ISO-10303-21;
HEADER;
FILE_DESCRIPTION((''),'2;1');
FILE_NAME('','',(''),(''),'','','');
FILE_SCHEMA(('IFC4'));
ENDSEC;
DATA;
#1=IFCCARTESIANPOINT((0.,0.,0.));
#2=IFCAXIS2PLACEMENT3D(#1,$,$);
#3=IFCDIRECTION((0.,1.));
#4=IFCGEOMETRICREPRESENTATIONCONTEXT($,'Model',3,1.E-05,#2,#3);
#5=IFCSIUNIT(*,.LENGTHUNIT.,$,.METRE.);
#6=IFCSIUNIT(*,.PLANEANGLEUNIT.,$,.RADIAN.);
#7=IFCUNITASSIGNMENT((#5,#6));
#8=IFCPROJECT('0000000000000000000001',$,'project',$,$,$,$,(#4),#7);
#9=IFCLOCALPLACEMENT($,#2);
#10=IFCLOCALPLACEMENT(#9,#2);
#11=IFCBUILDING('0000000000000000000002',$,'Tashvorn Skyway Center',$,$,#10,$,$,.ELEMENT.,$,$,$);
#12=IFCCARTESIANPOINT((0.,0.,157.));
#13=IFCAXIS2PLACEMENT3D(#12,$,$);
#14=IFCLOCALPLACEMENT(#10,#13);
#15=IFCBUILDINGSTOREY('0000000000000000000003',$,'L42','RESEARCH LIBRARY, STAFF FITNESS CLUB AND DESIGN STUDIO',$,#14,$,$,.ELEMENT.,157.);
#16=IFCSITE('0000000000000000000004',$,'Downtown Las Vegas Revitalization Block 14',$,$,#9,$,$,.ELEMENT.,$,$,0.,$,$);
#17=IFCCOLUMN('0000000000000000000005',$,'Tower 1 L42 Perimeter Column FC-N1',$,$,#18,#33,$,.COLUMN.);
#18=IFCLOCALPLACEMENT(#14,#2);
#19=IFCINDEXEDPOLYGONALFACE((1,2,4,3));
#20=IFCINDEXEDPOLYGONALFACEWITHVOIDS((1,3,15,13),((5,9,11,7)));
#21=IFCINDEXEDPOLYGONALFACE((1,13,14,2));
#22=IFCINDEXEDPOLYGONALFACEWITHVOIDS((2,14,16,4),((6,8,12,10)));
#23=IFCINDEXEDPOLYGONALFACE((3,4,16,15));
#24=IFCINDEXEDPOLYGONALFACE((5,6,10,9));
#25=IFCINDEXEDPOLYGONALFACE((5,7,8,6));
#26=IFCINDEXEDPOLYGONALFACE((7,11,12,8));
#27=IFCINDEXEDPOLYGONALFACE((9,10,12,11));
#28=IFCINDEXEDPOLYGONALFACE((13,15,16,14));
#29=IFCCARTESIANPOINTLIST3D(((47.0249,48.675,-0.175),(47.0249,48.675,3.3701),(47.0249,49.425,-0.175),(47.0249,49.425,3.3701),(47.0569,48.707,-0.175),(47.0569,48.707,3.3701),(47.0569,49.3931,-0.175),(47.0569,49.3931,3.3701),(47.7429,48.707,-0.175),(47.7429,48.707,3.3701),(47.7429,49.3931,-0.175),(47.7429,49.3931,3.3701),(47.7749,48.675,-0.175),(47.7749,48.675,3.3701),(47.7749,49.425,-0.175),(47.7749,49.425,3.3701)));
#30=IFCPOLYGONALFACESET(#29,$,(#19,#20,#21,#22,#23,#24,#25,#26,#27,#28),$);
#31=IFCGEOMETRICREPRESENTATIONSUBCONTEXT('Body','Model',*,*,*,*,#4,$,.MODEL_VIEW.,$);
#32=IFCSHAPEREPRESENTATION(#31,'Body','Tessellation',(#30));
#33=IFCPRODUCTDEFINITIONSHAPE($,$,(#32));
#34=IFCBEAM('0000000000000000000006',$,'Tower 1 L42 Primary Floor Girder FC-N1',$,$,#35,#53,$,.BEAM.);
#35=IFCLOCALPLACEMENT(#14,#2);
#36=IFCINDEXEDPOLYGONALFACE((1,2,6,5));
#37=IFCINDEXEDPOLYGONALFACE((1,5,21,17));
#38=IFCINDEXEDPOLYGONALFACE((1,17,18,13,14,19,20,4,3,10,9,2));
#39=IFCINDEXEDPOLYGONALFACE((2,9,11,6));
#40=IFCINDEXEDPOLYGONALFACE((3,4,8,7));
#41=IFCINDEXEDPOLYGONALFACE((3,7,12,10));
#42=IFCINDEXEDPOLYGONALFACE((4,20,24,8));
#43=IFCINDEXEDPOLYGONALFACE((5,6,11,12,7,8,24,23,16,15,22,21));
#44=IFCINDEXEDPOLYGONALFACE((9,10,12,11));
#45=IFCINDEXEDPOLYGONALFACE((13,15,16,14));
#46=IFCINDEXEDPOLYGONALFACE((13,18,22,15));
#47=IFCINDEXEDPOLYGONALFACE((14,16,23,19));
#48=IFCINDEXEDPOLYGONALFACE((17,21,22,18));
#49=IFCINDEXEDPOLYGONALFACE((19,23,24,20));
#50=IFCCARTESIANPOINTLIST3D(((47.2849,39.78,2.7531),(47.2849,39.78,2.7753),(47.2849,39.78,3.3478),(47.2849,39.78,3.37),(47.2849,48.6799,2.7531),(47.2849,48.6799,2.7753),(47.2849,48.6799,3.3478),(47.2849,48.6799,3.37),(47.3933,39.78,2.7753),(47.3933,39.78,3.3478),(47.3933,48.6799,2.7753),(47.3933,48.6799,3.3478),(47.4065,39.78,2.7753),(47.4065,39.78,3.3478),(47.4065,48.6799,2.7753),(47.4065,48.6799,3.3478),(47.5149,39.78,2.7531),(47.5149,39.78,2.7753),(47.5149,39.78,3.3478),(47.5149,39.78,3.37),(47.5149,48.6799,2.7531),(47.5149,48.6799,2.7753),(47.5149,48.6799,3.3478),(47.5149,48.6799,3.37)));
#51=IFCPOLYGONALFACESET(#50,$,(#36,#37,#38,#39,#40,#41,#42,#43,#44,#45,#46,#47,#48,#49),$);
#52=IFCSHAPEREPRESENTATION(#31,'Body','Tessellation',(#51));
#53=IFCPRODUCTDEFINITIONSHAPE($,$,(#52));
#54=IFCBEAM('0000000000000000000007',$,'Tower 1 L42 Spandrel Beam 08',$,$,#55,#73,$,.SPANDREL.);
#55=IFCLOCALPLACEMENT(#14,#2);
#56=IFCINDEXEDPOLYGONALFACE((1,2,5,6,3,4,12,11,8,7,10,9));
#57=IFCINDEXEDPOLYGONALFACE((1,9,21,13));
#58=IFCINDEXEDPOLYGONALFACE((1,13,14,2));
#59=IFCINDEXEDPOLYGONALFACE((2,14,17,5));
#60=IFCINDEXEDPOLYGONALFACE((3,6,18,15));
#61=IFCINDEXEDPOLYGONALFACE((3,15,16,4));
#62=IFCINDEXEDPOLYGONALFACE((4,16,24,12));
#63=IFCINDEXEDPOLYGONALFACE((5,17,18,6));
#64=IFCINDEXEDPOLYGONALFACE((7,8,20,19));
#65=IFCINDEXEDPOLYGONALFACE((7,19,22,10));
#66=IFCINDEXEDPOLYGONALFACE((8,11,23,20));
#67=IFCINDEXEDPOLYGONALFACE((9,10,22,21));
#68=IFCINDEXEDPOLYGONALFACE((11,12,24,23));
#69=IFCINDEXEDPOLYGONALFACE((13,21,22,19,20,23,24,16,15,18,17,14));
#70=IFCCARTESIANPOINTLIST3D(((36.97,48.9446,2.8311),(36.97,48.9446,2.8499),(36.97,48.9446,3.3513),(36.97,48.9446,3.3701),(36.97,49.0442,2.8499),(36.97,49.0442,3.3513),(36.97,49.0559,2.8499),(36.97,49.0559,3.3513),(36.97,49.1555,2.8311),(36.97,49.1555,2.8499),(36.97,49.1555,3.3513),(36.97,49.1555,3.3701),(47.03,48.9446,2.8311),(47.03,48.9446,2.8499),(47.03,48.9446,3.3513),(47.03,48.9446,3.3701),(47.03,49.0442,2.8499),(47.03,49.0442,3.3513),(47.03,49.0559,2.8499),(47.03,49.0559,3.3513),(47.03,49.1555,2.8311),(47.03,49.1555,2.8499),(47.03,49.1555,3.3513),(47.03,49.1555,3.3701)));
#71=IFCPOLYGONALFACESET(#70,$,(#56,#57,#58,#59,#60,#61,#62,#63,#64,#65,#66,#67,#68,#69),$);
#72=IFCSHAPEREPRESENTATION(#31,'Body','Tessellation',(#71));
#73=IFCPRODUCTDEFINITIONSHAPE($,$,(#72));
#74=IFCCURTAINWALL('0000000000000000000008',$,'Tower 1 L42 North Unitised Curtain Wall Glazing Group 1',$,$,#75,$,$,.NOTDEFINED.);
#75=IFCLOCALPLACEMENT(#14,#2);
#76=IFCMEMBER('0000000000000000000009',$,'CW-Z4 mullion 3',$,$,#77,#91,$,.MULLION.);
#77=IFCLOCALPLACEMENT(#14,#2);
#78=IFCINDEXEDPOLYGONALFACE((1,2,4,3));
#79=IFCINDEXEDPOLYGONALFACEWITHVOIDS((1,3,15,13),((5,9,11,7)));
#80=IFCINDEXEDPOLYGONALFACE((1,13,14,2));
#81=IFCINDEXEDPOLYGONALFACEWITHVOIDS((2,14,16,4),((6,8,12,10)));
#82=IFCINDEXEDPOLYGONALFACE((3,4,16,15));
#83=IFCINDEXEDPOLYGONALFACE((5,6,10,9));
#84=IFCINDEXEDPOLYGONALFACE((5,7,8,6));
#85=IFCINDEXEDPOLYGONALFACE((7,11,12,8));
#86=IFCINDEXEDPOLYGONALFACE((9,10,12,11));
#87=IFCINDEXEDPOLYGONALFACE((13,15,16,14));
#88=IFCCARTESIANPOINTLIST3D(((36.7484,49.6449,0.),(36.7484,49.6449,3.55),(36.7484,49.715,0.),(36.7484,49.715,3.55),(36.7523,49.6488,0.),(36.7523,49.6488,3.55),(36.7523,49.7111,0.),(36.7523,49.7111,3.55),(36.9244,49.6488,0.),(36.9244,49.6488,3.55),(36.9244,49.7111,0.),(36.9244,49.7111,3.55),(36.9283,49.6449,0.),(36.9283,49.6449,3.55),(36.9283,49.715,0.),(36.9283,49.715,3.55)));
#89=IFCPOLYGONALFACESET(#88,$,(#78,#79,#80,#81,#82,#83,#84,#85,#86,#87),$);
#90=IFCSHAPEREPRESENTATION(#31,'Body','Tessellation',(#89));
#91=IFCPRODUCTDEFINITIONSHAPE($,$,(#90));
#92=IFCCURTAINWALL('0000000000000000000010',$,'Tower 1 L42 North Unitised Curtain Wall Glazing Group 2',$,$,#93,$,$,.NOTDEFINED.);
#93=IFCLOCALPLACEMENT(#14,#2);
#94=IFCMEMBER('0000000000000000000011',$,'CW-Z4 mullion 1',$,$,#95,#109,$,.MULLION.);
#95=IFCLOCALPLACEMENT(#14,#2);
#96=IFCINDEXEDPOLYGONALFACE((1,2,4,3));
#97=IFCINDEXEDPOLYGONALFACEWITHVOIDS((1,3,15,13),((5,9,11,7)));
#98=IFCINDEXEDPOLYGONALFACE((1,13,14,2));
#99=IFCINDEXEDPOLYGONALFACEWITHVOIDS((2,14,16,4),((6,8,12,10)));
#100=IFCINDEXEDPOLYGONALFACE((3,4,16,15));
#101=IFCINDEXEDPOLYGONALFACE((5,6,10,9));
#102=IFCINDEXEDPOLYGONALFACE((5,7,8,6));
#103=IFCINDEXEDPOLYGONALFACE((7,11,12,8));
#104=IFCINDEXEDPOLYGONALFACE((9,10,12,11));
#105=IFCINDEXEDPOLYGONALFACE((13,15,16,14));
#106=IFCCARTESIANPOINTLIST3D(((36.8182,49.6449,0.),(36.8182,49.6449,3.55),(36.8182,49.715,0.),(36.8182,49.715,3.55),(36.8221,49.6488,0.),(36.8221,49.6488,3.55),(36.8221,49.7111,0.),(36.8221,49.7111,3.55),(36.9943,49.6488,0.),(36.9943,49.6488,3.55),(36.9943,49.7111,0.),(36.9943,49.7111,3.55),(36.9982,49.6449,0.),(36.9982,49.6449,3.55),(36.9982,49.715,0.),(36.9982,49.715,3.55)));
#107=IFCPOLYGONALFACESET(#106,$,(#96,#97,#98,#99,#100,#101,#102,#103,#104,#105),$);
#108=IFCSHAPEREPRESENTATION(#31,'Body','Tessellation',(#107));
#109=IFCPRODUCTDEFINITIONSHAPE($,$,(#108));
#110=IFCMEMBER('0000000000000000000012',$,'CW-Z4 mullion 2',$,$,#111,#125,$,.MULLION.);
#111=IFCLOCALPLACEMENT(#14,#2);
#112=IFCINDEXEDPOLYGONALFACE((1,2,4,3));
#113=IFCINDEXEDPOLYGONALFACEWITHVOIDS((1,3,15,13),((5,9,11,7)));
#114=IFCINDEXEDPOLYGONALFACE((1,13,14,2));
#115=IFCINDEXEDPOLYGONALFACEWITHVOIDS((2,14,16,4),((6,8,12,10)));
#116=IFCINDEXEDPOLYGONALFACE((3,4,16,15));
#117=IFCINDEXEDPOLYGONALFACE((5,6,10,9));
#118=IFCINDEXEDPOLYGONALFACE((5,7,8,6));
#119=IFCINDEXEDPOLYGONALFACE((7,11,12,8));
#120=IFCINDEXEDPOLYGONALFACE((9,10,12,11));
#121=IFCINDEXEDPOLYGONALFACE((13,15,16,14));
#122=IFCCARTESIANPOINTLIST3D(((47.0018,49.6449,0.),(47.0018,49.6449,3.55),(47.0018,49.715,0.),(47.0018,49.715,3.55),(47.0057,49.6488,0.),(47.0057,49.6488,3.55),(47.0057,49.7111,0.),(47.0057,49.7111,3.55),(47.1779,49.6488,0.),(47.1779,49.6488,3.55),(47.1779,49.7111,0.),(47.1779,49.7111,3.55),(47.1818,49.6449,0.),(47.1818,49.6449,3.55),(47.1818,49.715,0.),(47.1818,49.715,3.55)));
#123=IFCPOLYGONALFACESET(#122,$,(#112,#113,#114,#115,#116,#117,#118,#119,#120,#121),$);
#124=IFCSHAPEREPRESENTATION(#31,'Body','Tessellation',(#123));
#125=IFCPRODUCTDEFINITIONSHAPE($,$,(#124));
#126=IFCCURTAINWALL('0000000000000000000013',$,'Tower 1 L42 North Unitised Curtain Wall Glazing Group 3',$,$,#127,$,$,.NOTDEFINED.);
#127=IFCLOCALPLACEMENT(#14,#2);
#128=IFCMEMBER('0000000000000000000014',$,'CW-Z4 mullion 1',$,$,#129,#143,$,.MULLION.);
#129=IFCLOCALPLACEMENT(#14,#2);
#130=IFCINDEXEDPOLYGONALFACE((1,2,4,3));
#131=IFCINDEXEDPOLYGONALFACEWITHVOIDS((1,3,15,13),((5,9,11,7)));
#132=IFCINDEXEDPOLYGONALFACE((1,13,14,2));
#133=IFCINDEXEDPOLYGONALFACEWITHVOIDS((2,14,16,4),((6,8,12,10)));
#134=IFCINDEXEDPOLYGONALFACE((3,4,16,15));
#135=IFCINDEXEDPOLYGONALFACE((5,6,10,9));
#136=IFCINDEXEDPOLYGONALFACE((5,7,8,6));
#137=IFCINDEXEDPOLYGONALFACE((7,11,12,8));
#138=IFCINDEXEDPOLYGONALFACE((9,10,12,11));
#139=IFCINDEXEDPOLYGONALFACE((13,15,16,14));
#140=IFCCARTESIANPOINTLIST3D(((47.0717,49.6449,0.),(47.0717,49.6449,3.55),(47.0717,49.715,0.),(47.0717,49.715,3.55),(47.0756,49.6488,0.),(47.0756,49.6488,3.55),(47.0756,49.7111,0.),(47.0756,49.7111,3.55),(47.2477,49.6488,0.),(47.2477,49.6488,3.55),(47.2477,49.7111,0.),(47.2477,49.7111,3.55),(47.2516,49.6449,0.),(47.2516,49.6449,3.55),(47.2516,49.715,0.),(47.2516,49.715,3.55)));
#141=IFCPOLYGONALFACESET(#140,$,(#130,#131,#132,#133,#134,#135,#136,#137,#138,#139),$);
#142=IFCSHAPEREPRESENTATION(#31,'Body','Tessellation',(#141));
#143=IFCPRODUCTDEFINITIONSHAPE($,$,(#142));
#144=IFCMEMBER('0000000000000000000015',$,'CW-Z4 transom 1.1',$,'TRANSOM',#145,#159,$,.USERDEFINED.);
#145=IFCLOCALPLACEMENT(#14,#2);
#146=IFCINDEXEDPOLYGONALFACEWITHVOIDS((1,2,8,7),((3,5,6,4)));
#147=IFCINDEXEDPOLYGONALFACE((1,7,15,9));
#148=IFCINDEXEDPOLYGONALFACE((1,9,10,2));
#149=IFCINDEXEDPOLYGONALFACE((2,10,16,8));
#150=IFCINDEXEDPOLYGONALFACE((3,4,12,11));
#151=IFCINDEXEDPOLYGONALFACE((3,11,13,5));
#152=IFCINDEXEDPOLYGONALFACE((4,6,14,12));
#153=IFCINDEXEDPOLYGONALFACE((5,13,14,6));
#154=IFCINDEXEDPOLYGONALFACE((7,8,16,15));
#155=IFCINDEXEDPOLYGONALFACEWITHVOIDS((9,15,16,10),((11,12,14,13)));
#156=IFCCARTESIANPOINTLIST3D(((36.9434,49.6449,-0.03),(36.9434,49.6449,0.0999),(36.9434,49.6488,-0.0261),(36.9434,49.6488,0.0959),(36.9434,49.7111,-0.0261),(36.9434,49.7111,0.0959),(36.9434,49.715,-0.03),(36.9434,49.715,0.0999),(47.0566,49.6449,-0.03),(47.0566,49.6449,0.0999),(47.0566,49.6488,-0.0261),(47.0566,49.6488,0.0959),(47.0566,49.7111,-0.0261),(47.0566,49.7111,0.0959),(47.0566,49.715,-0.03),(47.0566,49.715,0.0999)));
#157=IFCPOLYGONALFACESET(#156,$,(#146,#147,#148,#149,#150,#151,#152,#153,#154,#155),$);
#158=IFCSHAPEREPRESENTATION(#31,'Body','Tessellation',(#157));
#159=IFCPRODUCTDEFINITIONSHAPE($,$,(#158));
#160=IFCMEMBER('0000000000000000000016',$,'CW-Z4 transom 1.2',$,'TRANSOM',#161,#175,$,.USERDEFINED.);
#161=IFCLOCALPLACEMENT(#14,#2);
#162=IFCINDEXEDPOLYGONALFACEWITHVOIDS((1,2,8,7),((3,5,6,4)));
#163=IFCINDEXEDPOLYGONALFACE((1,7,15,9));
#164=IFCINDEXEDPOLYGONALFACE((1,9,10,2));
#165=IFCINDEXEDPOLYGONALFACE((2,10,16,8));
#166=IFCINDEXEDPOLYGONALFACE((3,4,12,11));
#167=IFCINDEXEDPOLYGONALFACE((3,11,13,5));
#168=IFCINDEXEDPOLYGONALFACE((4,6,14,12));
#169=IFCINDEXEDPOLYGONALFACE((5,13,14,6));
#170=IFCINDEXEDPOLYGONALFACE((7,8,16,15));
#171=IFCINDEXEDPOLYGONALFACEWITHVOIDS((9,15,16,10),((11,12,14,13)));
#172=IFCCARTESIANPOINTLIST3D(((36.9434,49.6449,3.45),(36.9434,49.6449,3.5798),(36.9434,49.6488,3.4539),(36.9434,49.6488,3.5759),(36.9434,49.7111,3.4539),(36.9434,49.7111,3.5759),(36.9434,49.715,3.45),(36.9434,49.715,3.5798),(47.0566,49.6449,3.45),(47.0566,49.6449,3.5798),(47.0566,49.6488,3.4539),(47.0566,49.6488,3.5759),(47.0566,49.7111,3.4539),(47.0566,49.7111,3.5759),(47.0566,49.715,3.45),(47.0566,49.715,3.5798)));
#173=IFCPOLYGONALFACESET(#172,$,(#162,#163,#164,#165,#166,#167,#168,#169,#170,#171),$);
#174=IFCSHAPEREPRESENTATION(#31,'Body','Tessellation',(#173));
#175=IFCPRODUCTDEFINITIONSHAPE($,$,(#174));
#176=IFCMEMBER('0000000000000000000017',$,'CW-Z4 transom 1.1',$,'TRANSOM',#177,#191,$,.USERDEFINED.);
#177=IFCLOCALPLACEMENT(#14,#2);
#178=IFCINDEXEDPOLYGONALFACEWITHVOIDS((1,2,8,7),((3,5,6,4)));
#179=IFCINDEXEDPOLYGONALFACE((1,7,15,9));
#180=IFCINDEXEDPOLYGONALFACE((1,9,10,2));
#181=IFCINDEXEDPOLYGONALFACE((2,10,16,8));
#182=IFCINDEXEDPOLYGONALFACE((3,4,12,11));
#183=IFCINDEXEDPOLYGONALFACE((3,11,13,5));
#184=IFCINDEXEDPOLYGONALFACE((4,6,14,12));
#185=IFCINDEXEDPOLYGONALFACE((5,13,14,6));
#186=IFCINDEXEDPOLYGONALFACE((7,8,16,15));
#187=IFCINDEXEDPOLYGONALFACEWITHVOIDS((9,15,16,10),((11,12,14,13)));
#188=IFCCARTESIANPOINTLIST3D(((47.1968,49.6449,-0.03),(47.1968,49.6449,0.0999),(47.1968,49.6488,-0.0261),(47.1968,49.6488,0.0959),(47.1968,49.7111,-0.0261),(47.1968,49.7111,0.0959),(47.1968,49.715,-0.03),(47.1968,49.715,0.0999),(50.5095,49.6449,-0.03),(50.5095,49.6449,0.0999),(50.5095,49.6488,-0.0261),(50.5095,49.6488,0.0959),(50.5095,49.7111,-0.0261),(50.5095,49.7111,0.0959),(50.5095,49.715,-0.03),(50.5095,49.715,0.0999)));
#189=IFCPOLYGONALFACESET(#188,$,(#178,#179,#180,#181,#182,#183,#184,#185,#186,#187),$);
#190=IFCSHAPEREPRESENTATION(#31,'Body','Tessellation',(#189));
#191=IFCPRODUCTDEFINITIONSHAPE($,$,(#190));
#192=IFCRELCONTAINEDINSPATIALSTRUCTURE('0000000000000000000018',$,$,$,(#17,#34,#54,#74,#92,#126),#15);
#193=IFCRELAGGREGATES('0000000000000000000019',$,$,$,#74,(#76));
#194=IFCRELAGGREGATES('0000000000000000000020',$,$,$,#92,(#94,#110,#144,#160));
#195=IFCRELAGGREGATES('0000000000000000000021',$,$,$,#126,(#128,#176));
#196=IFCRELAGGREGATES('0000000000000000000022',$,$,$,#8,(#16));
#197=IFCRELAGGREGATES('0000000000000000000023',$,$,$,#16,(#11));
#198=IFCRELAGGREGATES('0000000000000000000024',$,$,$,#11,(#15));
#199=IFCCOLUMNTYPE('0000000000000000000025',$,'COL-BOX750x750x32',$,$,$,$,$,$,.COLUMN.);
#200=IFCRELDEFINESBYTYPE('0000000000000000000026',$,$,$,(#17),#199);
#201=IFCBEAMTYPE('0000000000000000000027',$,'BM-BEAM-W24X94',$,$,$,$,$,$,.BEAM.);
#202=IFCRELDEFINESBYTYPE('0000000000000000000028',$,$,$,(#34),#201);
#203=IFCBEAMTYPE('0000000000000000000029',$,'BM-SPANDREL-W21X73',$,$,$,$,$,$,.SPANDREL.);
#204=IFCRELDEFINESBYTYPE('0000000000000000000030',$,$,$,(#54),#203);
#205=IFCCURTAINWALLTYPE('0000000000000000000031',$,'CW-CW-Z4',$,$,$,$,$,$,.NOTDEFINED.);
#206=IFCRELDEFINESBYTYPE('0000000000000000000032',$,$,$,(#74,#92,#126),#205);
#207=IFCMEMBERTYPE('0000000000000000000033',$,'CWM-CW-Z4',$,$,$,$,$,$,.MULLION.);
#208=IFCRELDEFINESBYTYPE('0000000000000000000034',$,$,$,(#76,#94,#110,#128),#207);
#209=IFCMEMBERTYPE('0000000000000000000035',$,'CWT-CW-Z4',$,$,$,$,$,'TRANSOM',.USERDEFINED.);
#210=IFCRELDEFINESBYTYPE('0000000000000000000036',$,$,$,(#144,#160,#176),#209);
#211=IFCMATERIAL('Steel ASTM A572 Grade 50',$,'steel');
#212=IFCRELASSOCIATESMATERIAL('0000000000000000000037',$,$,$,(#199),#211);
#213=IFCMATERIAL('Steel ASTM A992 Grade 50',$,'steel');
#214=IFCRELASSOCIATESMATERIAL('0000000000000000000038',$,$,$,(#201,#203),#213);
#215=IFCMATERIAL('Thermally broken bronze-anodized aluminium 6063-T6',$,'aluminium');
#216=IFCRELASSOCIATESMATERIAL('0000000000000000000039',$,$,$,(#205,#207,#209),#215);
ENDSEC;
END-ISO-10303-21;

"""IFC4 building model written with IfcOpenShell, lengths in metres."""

from ifc_helpers import new_model, si_unit, direction, frame, origin, origin_2d, place, context, subcontext, project, spatial, hollow_rectangle, i_section, extrude, material, material_profile, profile_set, type_object, element, aggregate, save


model = new_model("IFC4")

# Units and contexts
model_context = context("Model", 3, precision=1e-05, world=origin(), true_north=direction((0.0, 1.0)))
body_context = subcontext(model_context, "Body", "Model", "MODEL_VIEW")
ifc_project = project(units=[si_unit("LENGTHUNIT", "METRE"), si_unit("PLANEANGLEUNIT", "RADIAN")], contexts=[model_context])

# Site, building, storey
site_placement = place(None, origin())
site = spatial("IfcSite", under=ifc_project, at=site_placement, Name="Downtown Las Vegas Revitalization Block 14", CompositionType="ELEMENT", RefElevation=0.0)
building_placement = place(site_placement, origin())
building = spatial("IfcBuilding", under=site, at=building_placement, Name="Tashvorn Skyway Center", CompositionType="ELEMENT")
storey_placement = place(building_placement, frame((0.0, 0.0, 157.0)))
storey = spatial("IfcBuildingStorey", under=building, at=storey_placement, Name="L42", Description="RESEARCH LIBRARY, STAFF FITNESS CLUB AND DESIGN STUDIO", CompositionType="ELEMENT", Elevation=157.0)

# Column
ifc_material_1 = material(Name="Steel ASTM A572 Grade 50", Category="steel")
ifc_material_profile_1 = material_profile(ifc_material_1, hollow_rectangle(XDim=0.75, YDim=0.75, WallThickness=0.032, at=origin_2d()), Name="BOX750x750x32")
ifc_profile_set_1 = profile_set([ifc_material_profile_1], Name="Steel ASTM A572 Grade 50")
column_type = type_object("IfcColumnType", Name="COL-BOX750x750x32", PredefinedType="COLUMN", material=ifc_profile_set_1)
column_placement = place(storey_placement, frame((47.3999, 49.05, -0.175), z_axis=(0.0, 0.0, 1.0), x_axis=(1.0, 0.0, 0.0)))
element("IfcColumn", 1, at=column_placement, inside=storey, type_object=column_type, Name="Tower 1 L42 Perimeter Column FC-N1", PredefinedType="COLUMN", context=body_context, shape_type="SweptSolid", body=[
    extrude(hollow_rectangle(XDim=0.75, YDim=0.75, WallThickness=0.032, at=origin_2d()), origin(), (0.0, 0.0, 1.0), 3.5452),
])

# Beams
ifc_material_2 = material(Name="Steel ASTM A992 Grade 50", Category="steel")
ifc_material_profile_2 = material_profile(ifc_material_2, i_section(OverallWidth=0.23, OverallDepth=0.6169, WebThickness=0.0132, FlangeThickness=0.0222, at=origin_2d()), Name="W24X94")
ifc_profile_set_2 = profile_set([ifc_material_profile_2], Name="Steel ASTM A992 Grade 50")
beam_type_1 = type_object("IfcBeamType", Name="BM-BEAM-W24X94", PredefinedType="BEAM", material=ifc_profile_set_2)
beam_1_placement = place(storey_placement, frame((47.3999, 48.6799, 3.0615), z_axis=(0.0, -1.0, 0.0), x_axis=(1.0, 0.0, 0.0)))
element("IfcBeam", 2, at=beam_1_placement, inside=storey, type_object=beam_type_1, Name="Tower 1 L42 Primary Floor Girder FC-N1", PredefinedType="BEAM", context=body_context, shape_type="SweptSolid", body=[
    extrude(i_section(OverallWidth=0.23, OverallDepth=0.6169, WebThickness=0.0132, FlangeThickness=0.0222, at=origin_2d()), origin(), (0.0, 0.0, 1.0), 8.8999),
])
ifc_material_profile_3 = material_profile(ifc_material_2, i_section(OverallWidth=0.2109, OverallDepth=0.5391, WebThickness=0.0117, FlangeThickness=0.0188, at=origin_2d()), Name="W21X73")
ifc_profile_set_3 = profile_set([ifc_material_profile_3], Name="Steel ASTM A992 Grade 50")
beam_type_2 = type_object("IfcBeamType", Name="BM-SPANDREL-W21X73", PredefinedType="SPANDREL", material=ifc_profile_set_3)
beam_2_placement = place(storey_placement, frame((47.03, 49.05, 3.1006), z_axis=(-1.0, 0.0, 0.0), x_axis=(0.0, -1.0, 0.0)))
element("IfcBeam", 3, at=beam_2_placement, inside=storey, type_object=beam_type_2, Name="Tower 1 L42 Spandrel Beam 08", PredefinedType="SPANDREL", context=body_context, shape_type="SweptSolid", body=[
    extrude(i_section(OverallWidth=0.2109, OverallDepth=0.5391, WebThickness=0.0117, FlangeThickness=0.0188, at=origin_2d()), origin(), (0.0, 0.0, 1.0), 10.0601),
])

# Curtain wall, member
ifc_material_3 = material(Name="Thermally broken bronze-anodized aluminium 6063-T6", Category="aluminium")
curtain_wall_type = type_object("IfcCurtainWallType", Name="CW-CW-Z4", PredefinedType="NOTDEFINED", material=ifc_material_3)
curtain_wall_1_placement = place(storey_placement, origin())
curtain_wall_1 = element("IfcCurtainWall", 4, at=curtain_wall_1_placement, inside=storey, type_object=curtain_wall_type, Name="Tower 1 L42 North Unitised Curtain Wall Glazing Group 1", PredefinedType="NOTDEFINED")
ifc_material_profile_4 = material_profile(ifc_material_3, hollow_rectangle(XDim=0.0701, YDim=0.1799, WallThickness=0.0039, at=origin_2d()), Name="ALU-MULL-70x180")
ifc_profile_set_4 = profile_set([ifc_material_profile_4], Name="Thermally broken bronze-anodized aluminium 6063-T6")
member_type_1 = type_object("IfcMemberType", Name="CWM-CW-Z4", PredefinedType="MULLION", material=ifc_profile_set_4)
member_1_placement = place(storey_placement, frame((36.8384, 49.6799, 0.0), z_axis=(0.0, 0.0, 1.0), x_axis=(0.0, 1.0, 0.0)))
member_1 = element("IfcMember", 5, at=member_1_placement, type_object=member_type_1, Name="CW-Z4 mullion 3", PredefinedType="MULLION", context=body_context, shape_type="SweptSolid", body=[
    extrude(hollow_rectangle(XDim=0.0701, YDim=0.1799, WallThickness=0.0039, at=origin_2d()), origin(), (0.0, 0.0, 1.0), 3.55),
])
aggregate(curtain_wall_1, [member_1])

# Curtain wall, members
curtain_wall_2_placement = place(storey_placement, origin())
curtain_wall_2 = element("IfcCurtainWall", 6, at=curtain_wall_2_placement, inside=storey, type_object=curtain_wall_type, Name="Tower 1 L42 North Unitised Curtain Wall Glazing Group 2", PredefinedType="NOTDEFINED")
member_2_placement = place(storey_placement, frame((36.9082, 49.6799, 0.0), z_axis=(0.0, 0.0, 1.0), x_axis=(0.0, 1.0, 0.0)))
member_2 = element("IfcMember", 7, at=member_2_placement, type_object=member_type_1, Name="CW-Z4 mullion 1", PredefinedType="MULLION", context=body_context, shape_type="SweptSolid", body=[
    extrude(hollow_rectangle(XDim=0.0701, YDim=0.1799, WallThickness=0.0039, at=origin_2d()), origin(), (0.0, 0.0, 1.0), 3.55),
])
member_3_placement = place(storey_placement, frame((47.0918, 49.6799, 0.0), z_axis=(0.0, 0.0, 1.0), x_axis=(0.0, 1.0, 0.0)))
member_3 = element("IfcMember", 8, at=member_3_placement, type_object=member_type_1, Name="CW-Z4 mullion 2", PredefinedType="MULLION", context=body_context, shape_type="SweptSolid", body=[
    extrude(hollow_rectangle(XDim=0.0701, YDim=0.1799, WallThickness=0.0039, at=origin_2d()), origin(), (0.0, 0.0, 1.0), 3.55),
])

# Curtain wall, member
curtain_wall_3_placement = place(storey_placement, origin())
curtain_wall_3 = element("IfcCurtainWall", 9, at=curtain_wall_3_placement, inside=storey, type_object=curtain_wall_type, Name="Tower 1 L42 North Unitised Curtain Wall Glazing Group 3", PredefinedType="NOTDEFINED")
member_4_placement = place(storey_placement, frame((47.1616, 49.6799, 0.0), z_axis=(0.0, 0.0, 1.0), x_axis=(0.0, 1.0, 0.0)))
member_4 = element("IfcMember", 10, at=member_4_placement, type_object=member_type_1, Name="CW-Z4 mullion 1", PredefinedType="MULLION", context=body_context, shape_type="SweptSolid", body=[
    extrude(hollow_rectangle(XDim=0.0701, YDim=0.1799, WallThickness=0.0039, at=origin_2d()), origin(), (0.0, 0.0, 1.0), 3.55),
])

# Members
ifc_material_profile_5 = material_profile(ifc_material_3, hollow_rectangle(XDim=0.0701, YDim=0.1299, WallThickness=0.0039, at=origin_2d()), Name="ALU-TRAN-70x130")
ifc_profile_set_5 = profile_set([ifc_material_profile_5], Name="Thermally broken bronze-anodized aluminium 6063-T6")
member_type_2 = type_object("IfcMemberType", Name="CWT-CW-Z4", ElementType="TRANSOM", PredefinedType="USERDEFINED", material=ifc_profile_set_5)
member_5_placement = place(storey_placement, frame((36.9434, 49.6799, 0.0349), z_axis=(1.0, 0.0, 0.0), x_axis=(0.0, 1.0, 0.0)))
member_5 = element("IfcMember", 11, at=member_5_placement, type_object=member_type_2, Name="CW-Z4 transom 1.1", ObjectType="TRANSOM", PredefinedType="USERDEFINED", context=body_context, shape_type="SweptSolid", body=[
    extrude(hollow_rectangle(XDim=0.0701, YDim=0.1299, WallThickness=0.0039, at=origin_2d()), origin(), (0.0, 0.0, 1.0), 10.1133),
])
member_6_placement = place(storey_placement, frame((36.9434, 49.6799, 3.5149), z_axis=(1.0, 0.0, 0.0), x_axis=(0.0, 1.0, 0.0)))
member_6 = element("IfcMember", 12, at=member_6_placement, type_object=member_type_2, Name="CW-Z4 transom 1.2", ObjectType="TRANSOM", PredefinedType="USERDEFINED", context=body_context, shape_type="SweptSolid", body=[
    extrude(hollow_rectangle(XDim=0.0701, YDim=0.1299, WallThickness=0.0039, at=origin_2d()), origin(), (0.0, 0.0, 1.0), 10.1133),
])
member_7_placement = place(storey_placement, frame((47.1968, 49.6799, 0.0349), z_axis=(1.0, 0.0, 0.0), x_axis=(0.0, 1.0, 0.0)))
member_7 = element("IfcMember", 13, at=member_7_placement, type_object=member_type_2, Name="CW-Z4 transom 1.1", ObjectType="TRANSOM", PredefinedType="USERDEFINED", context=body_context, shape_type="SweptSolid", body=[
    extrude(hollow_rectangle(XDim=0.0701, YDim=0.1299, WallThickness=0.0039, at=origin_2d()), origin(), (0.0, 0.0, 1.0), 3.3127),
])

aggregate(curtain_wall_2, [member_2, member_3, member_5, member_6])
aggregate(curtain_wall_3, [member_4, member_7])

save(model, "model.ifc")
